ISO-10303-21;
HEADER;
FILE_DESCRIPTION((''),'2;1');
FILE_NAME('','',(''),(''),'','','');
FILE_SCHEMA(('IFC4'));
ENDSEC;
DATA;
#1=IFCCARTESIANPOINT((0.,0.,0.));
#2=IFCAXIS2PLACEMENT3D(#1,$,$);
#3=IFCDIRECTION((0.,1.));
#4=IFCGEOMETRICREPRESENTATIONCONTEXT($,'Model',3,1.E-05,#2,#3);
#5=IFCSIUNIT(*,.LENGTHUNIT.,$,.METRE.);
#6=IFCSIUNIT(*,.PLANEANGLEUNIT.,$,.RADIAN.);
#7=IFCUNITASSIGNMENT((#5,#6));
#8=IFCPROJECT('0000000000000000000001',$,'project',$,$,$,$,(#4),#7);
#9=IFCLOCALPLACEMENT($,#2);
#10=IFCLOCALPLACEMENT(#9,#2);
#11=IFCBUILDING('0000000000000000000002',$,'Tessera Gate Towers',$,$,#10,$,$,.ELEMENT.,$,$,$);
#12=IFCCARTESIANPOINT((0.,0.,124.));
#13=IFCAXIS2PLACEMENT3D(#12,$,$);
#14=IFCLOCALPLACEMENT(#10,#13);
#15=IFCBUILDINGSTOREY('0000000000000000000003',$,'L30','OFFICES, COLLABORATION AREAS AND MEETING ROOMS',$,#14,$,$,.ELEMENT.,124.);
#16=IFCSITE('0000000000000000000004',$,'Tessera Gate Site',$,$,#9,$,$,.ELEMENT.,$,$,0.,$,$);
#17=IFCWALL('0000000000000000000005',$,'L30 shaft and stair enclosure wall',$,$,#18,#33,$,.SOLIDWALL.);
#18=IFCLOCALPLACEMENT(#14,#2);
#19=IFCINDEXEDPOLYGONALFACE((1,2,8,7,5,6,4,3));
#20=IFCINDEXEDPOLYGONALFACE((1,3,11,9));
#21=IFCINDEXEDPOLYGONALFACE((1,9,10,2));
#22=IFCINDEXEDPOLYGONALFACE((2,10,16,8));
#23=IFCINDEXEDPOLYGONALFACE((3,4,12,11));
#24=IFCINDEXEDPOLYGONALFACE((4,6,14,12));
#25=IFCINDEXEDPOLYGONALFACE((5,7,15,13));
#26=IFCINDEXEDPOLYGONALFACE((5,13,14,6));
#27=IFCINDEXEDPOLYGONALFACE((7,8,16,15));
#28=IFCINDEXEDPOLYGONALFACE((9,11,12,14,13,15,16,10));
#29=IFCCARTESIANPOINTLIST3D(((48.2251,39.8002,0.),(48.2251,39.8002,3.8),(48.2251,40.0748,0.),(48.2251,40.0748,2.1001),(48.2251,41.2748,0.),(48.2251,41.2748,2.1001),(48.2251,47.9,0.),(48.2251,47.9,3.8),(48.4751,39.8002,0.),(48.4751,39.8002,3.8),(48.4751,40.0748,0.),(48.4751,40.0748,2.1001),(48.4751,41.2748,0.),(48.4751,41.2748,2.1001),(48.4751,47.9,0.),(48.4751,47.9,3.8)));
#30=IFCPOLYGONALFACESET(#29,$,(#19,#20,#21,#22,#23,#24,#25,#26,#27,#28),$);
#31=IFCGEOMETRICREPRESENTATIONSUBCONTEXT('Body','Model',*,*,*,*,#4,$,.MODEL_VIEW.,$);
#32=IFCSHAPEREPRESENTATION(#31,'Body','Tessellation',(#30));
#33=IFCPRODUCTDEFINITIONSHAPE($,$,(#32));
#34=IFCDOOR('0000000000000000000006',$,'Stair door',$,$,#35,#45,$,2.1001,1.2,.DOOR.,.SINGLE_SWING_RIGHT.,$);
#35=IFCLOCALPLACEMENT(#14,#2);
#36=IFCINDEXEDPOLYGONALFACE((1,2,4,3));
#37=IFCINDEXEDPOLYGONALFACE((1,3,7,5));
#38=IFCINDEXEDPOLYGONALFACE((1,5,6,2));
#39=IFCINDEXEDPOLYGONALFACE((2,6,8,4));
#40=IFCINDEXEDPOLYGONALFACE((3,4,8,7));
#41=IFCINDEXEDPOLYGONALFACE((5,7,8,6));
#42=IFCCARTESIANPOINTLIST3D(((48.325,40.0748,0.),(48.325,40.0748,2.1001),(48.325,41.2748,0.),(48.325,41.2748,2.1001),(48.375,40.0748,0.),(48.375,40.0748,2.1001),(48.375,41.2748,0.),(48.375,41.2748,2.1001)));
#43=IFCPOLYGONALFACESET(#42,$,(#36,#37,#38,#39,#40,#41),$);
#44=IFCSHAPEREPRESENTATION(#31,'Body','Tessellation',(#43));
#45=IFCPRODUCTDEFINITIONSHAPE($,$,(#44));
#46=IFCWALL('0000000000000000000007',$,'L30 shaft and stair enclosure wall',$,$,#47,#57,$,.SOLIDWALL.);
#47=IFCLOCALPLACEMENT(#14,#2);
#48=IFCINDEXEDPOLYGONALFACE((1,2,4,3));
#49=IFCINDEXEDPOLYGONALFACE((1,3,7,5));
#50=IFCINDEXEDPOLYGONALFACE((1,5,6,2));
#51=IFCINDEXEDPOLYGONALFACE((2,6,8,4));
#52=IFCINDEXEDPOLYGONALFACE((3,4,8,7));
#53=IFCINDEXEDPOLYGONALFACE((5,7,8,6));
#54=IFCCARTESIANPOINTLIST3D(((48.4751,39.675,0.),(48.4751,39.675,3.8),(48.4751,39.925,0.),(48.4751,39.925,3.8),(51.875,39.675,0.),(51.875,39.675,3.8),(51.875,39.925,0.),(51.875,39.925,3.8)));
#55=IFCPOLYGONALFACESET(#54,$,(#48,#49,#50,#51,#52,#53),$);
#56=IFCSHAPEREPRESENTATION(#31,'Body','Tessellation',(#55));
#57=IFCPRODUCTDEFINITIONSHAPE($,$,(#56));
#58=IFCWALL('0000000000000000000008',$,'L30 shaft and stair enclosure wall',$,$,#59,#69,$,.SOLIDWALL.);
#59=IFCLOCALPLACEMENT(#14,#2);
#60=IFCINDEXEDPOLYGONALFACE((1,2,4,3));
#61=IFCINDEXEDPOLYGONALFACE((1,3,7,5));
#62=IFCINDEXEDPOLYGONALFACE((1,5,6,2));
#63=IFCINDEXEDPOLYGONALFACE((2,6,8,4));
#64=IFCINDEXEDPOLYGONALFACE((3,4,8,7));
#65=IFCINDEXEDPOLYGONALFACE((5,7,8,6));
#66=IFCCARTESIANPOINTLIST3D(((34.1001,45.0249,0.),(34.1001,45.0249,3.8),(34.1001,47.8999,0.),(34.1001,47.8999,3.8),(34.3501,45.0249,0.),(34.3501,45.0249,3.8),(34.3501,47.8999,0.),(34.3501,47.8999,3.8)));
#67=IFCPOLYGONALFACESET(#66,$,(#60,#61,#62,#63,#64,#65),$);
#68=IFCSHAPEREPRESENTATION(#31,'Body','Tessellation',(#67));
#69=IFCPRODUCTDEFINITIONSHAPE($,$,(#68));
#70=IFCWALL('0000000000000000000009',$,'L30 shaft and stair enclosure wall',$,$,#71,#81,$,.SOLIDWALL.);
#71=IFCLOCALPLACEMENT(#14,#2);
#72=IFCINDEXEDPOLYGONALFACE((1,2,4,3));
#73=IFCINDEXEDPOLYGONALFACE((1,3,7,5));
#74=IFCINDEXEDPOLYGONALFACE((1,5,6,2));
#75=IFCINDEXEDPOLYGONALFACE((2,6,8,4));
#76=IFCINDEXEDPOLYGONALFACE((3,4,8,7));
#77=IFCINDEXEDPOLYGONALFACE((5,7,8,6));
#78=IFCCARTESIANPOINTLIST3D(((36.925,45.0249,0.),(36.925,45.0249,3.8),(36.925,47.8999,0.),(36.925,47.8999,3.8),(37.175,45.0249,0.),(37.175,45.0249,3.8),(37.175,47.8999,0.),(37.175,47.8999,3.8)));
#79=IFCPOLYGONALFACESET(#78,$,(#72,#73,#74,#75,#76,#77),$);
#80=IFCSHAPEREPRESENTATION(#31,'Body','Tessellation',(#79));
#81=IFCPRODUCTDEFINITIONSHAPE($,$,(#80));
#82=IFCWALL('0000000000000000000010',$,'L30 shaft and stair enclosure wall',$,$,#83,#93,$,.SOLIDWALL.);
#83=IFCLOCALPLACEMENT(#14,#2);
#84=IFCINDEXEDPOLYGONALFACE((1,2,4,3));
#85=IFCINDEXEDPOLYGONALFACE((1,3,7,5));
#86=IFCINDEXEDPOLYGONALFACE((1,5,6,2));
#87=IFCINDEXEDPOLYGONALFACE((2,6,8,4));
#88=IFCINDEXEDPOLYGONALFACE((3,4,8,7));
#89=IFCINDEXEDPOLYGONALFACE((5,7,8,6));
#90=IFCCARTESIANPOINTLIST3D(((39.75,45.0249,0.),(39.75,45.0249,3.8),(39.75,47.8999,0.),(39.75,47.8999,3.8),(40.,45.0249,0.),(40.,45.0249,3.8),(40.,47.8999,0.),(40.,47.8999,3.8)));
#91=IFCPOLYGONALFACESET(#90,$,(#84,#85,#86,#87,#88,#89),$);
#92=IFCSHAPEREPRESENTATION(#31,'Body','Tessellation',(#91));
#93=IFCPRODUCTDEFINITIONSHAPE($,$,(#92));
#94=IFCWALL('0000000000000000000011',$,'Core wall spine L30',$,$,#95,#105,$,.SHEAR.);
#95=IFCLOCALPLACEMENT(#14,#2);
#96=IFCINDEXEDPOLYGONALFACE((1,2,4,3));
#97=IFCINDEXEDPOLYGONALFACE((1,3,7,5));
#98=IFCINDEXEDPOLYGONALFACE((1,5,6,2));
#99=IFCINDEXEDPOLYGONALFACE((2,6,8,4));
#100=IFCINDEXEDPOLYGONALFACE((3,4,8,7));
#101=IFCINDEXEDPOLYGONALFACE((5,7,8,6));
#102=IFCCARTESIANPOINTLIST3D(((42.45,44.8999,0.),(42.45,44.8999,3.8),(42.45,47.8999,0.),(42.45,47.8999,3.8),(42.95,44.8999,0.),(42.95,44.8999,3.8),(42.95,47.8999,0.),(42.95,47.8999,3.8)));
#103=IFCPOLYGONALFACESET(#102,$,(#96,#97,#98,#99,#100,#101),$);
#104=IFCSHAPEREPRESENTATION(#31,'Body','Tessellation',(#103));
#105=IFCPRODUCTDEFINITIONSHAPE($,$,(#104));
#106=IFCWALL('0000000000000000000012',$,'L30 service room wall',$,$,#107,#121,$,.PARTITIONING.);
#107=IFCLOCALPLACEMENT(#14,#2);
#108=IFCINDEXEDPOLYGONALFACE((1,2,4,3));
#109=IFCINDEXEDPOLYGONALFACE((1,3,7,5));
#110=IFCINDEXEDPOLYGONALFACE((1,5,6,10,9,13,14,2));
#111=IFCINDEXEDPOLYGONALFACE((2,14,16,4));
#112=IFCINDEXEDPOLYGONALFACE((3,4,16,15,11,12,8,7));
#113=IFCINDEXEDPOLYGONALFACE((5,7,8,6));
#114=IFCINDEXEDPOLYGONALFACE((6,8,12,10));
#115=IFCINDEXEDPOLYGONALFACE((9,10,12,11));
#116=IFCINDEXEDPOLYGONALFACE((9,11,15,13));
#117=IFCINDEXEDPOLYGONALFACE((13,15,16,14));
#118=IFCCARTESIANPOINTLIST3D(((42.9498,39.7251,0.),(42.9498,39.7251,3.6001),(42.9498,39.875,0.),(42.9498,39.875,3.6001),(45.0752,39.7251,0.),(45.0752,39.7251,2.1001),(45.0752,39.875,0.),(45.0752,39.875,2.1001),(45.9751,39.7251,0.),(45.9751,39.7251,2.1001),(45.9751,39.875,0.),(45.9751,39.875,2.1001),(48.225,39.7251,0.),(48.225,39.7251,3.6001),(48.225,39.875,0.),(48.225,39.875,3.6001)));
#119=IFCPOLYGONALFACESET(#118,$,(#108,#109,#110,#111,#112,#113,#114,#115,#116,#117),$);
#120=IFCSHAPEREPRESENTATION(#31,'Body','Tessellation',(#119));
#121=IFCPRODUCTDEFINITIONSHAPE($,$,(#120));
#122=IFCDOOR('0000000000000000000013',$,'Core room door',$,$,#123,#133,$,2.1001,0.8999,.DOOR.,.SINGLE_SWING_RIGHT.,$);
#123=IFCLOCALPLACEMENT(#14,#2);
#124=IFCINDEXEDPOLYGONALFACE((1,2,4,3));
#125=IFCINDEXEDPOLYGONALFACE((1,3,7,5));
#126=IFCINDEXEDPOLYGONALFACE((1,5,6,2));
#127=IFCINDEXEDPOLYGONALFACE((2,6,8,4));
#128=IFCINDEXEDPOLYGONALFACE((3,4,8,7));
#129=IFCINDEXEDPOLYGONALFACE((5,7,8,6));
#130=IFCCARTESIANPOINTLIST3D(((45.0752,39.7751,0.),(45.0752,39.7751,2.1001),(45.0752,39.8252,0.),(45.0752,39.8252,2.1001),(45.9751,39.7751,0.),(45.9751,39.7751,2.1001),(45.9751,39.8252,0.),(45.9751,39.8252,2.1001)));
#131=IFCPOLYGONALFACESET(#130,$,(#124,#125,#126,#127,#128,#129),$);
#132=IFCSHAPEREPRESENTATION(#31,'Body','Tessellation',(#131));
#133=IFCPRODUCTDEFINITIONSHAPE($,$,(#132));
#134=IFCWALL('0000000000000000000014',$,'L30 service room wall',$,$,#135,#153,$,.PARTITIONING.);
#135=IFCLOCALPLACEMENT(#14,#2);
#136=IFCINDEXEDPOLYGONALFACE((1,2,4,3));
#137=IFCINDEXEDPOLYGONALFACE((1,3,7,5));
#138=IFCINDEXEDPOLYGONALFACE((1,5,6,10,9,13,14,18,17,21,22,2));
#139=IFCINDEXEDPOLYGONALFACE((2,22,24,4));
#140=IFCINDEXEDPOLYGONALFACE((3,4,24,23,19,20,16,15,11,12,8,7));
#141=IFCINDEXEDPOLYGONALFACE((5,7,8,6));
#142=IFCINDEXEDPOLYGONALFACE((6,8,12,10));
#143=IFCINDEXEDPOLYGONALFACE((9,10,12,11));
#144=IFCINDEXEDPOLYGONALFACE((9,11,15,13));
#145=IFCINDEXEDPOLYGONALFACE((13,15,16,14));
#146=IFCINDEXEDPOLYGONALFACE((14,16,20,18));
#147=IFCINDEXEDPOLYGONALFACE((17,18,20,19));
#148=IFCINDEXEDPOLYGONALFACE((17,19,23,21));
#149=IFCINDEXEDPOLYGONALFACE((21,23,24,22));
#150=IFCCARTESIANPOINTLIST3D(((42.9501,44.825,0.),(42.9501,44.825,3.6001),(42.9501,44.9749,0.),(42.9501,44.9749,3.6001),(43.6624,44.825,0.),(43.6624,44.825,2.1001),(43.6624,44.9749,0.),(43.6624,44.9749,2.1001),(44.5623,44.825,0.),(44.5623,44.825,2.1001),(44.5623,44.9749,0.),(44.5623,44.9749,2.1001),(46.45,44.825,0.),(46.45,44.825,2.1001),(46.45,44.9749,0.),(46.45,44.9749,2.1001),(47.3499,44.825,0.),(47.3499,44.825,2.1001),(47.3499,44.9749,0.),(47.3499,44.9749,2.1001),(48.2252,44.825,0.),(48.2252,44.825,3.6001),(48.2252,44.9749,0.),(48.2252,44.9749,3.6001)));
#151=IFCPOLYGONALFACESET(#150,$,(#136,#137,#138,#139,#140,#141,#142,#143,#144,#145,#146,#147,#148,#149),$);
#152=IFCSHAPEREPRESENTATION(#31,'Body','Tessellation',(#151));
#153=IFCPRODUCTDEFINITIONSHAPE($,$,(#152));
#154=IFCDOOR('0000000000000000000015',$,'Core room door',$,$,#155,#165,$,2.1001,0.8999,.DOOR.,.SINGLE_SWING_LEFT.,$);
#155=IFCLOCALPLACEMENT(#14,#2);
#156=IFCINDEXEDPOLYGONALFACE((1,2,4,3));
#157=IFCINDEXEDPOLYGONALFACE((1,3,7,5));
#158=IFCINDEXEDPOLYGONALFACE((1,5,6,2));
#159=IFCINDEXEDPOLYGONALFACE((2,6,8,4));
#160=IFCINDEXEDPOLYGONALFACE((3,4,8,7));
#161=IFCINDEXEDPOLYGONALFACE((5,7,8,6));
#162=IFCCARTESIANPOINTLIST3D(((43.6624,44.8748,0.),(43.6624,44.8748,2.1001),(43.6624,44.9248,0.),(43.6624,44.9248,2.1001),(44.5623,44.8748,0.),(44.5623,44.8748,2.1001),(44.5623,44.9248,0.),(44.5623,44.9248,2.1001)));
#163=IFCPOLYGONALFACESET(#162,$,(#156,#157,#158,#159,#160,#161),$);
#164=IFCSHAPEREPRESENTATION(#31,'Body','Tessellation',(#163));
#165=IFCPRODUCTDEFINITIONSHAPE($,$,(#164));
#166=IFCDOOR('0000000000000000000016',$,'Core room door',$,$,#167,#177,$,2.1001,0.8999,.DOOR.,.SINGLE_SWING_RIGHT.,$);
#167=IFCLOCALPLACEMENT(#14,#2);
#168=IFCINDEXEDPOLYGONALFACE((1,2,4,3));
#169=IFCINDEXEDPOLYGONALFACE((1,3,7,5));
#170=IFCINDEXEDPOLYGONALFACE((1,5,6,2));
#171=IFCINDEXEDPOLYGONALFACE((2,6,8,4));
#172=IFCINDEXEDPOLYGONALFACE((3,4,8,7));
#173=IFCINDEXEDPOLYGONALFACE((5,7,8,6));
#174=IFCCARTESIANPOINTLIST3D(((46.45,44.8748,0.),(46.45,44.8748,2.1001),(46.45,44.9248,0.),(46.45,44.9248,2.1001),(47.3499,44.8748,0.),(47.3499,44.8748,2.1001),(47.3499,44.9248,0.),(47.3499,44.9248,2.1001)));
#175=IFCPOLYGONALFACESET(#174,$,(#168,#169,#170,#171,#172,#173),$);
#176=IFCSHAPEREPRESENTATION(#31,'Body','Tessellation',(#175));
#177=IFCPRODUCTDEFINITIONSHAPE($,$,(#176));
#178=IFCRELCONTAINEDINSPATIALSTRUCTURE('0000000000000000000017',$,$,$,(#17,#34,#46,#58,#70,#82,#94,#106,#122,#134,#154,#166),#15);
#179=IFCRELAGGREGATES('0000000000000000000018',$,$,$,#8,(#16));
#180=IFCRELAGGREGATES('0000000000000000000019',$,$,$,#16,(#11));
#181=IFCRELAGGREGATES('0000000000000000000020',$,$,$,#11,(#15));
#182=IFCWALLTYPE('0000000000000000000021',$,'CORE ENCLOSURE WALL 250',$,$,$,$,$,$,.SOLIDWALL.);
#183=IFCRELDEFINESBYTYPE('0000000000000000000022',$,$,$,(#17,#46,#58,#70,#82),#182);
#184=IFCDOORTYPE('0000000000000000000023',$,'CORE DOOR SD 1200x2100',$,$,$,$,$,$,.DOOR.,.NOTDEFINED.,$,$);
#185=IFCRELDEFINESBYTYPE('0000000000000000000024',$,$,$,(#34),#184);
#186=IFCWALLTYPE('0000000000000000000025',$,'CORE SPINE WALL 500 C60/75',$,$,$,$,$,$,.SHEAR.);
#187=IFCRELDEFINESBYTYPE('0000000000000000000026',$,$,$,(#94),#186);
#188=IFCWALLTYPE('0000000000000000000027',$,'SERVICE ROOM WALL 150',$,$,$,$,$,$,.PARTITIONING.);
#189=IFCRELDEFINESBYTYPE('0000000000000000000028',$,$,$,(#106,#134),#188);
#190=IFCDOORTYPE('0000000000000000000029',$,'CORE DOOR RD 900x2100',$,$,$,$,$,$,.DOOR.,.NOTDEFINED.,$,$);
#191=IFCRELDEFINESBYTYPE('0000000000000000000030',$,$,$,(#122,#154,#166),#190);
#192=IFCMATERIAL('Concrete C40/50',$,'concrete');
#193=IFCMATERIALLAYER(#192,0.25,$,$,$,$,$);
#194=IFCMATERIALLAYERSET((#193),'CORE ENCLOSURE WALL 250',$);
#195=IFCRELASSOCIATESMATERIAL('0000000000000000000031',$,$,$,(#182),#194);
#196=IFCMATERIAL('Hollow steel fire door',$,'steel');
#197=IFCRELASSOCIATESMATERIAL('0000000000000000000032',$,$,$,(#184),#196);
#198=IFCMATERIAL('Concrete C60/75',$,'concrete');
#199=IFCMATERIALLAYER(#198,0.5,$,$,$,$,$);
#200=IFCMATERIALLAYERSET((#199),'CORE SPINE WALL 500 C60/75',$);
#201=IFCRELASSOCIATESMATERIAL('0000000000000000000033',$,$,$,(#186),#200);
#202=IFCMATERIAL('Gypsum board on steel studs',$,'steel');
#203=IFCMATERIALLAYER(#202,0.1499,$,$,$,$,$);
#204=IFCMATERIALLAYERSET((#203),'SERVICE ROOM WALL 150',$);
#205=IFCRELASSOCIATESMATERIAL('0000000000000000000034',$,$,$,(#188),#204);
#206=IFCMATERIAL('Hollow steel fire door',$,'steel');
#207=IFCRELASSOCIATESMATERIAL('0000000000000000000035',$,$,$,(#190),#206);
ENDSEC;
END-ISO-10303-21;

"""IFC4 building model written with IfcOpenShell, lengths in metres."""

from ifc_helpers import new_model, si_unit, direction, frame, frame_2d, origin, place, context, subcontext, project, spatial, rectangle, extrude, source, transform, mapped, material, layer, layer_set, type_object, element, fill, save


model = new_model("IFC4")

# Units and contexts
model_context = context("Model", 3, precision=1e-05, world=origin(), true_north=direction((0.0, 1.0)))
body_context = subcontext(model_context, "Body", "Model", "MODEL_VIEW")
ifc_project = project(units=[si_unit("LENGTHUNIT", "METRE"), si_unit("PLANEANGLEUNIT", "RADIAN")], contexts=[model_context])

# Site, building, storey
site_placement = place(None, origin())
site = spatial("IfcSite", under=ifc_project, at=site_placement, Name="Tessera Gate Site", CompositionType="ELEMENT", RefElevation=0.0)
building_placement = place(site_placement, origin())
building = spatial("IfcBuilding", under=site, at=building_placement, Name="Tessera Gate Towers", CompositionType="ELEMENT")
storey_placement = place(building_placement, frame((0.0, 0.0, 124.0)))
storey = spatial("IfcBuildingStorey", under=building, at=storey_placement, Name="L30", Description="OFFICES, COLLABORATION AREAS AND MEETING ROOMS", CompositionType="ELEMENT", Elevation=124.0)

# Shared definitions
ifc_material_1 = material(Name="Concrete C40/50", Category="concrete")
ifc_layer_1 = layer(ifc_material_1, 0.25)
ifc_layer_set_1 = layer_set([ifc_layer_1], Name="CORE ENCLOSURE WALL 250")
wall_type_1 = type_object("IfcWallType", Name="CORE ENCLOSURE WALL 250", PredefinedType="SOLIDWALL", material=ifc_layer_set_1)

# Wall, opening, door
wall_1_placement = place(storey_placement, frame((48.3501, 47.8999, 0.0), z_axis=(0.0, 0.0, 1.0), x_axis=(0.0, -1.0, 0.0)))
wall_1 = element("IfcWall", 1, at=wall_1_placement, inside=storey, type_object=wall_type_1, Name="L30 shaft and stair enclosure wall", PredefinedType="SOLIDWALL", context=body_context, shape_type="SweptSolid", body=[
    extrude(rectangle(XDim=8.0999, YDim=0.25, at=frame_2d((4.0498, 0.0))), origin(), (0.0, 0.0, 1.0), 3.8),
])
shared_shape_1 = source(origin(), body_context, "Body", "SweptSolid", [
    extrude(rectangle(XDim=1.2, YDim=2.1001, at=frame_2d((0.6001, 1.05))), frame((0.0, 0.135, 0.0), z_axis=(0.0, -1.0, 0.0), x_axis=(1.0, 0.0, 0.0)), (0.0, 0.0, 1.0), 0.27),
])
opening_1_placement = place(wall_1_placement, frame((6.625, 0.0, 0.0)))
opening_1 = element("IfcOpeningElement", 2, at=opening_1_placement, cuts=wall_1, PredefinedType="OPENING", context=body_context, shape_type="MappedRepresentation", body=[
    mapped(shared_shape_1, transform((0.0, 0.0, 0.0), scale=1.0)),
])
ifc_material_2 = material(Name="Hollow steel fire door", Category="steel")
door_type_1 = type_object("IfcDoorType", Name="CORE DOOR SD 1200x2100", OperationType="NOTDEFINED", PredefinedType="DOOR", material=ifc_material_2)
shared_shape_2 = source(origin(), body_context, "Body", "SweptSolid", [
    extrude(rectangle(XDim=1.2, YDim=2.1001, at=frame_2d((0.6001, 1.05))), frame((0.0, 0.0249, 0.0), z_axis=(0.0, -1.0, 0.0), x_axis=(1.0, 0.0, 0.0)), (0.0, 0.0, 1.0), 0.05),
])
door_1_placement = place(opening_1_placement, origin())
door_1 = element("IfcDoor", 3, at=door_1_placement, inside=storey, type_object=door_type_1, Name="Stair door", OperationType="SINGLE_SWING_RIGHT", OverallHeight=2.1001, OverallWidth=1.2, PredefinedType="DOOR", context=body_context, shape_type="MappedRepresentation", body=[
    mapped(shared_shape_2, transform((0.0, 0.0, 0.0), scale=1.0)),
])
fill(opening_1, door_1)

# Walls
wall_2_placement = place(storey_placement, frame((48.4751, 39.8, 0.0), z_axis=(0.0, 0.0, 1.0), x_axis=(1.0, 0.0, 0.0)))
element("IfcWall", 4, at=wall_2_placement, inside=storey, type_object=wall_type_1, Name="L30 shaft and stair enclosure wall", PredefinedType="SOLIDWALL", context=body_context, shape_type="SweptSolid", body=[
    extrude(rectangle(XDim=3.3999, YDim=0.25, at=frame_2d((1.7, 0.0))), origin(), (0.0, 0.0, 1.0), 3.8),
])
for number, where, z_axis, x_axis, name in (
    (5, (34.2251, 45.0249, 0.0), (0.0, 0.0, 1.0), (0.0, 1.0, 0.0), "L30 shaft and stair enclosure wall"),
    (6, (37.05, 45.0249, 0.0), (0.0, 0.0, 1.0), (0.0, 1.0, 0.0), "L30 shaft and stair enclosure wall"),
    (7, (39.875, 45.0249, 0.0), (0.0, 0.0, 1.0), (0.0, 1.0, 0.0), "L30 shaft and stair enclosure wall"),
):
    element("IfcWall", number, at=place(storey_placement, frame(where, z_axis=z_axis, x_axis=x_axis)), inside=storey, type_object=wall_type_1, Name=name, PredefinedType="SOLIDWALL", context=body_context, shape_type="SweptSolid", body=[
        extrude(rectangle(XDim=2.875, YDim=0.25, at=frame_2d((1.4375, 0.0))), origin(), (0.0, 0.0, 1.0), 3.8),
    ])
ifc_material_3 = material(Name="Concrete C60/75", Category="concrete")
ifc_layer_2 = layer(ifc_material_3, 0.5)
ifc_layer_set_2 = layer_set([ifc_layer_2], Name="CORE SPINE WALL 500 C60/75")
wall_type_2 = type_object("IfcWallType", Name="CORE SPINE WALL 500 C60/75", PredefinedType="SHEAR", material=ifc_layer_set_2)
wall_3_placement = place(storey_placement, frame((42.7, 44.8999, 0.0), z_axis=(0.0, 0.0, 1.0), x_axis=(0.0, 1.0, 0.0)))
element("IfcWall", 8, at=wall_3_placement, inside=storey, type_object=wall_type_2, Name="Core wall spine L30", PredefinedType="SHEAR", context=body_context, shape_type="SweptSolid", body=[
    extrude(rectangle(XDim=3.0, YDim=0.5, at=frame_2d((1.5, 0.0))), origin(), (0.0, 0.0, 1.0), 3.8),
])

# Wall, opening, door
ifc_material_4 = material(Name="Gypsum board on steel studs", Category="steel")
ifc_layer_3 = layer(ifc_material_4, 0.1499)
ifc_layer_set_3 = layer_set([ifc_layer_3], Name="SERVICE ROOM WALL 150")
wall_type_3 = type_object("IfcWallType", Name="SERVICE ROOM WALL 150", PredefinedType="PARTITIONING", material=ifc_layer_set_3)
wall_4_placement = place(storey_placement, frame((48.2251, 39.8, 0.0), z_axis=(0.0, 0.0, 1.0), x_axis=(-1.0, 0.0, 0.0)))
wall_4 = element("IfcWall", 9, at=wall_4_placement, inside=storey, type_object=wall_type_3, Name="L30 service room wall", PredefinedType="PARTITIONING", context=body_context, shape_type="SweptSolid", body=[
    extrude(rectangle(XDim=5.2751, YDim=0.1499, at=frame_2d((2.6377, 0.0))), origin(), (0.0, 0.0, 1.0), 3.6001),
])
shared_shape_3 = source(origin(), body_context, "Body", "SweptSolid", [
    extrude(rectangle(XDim=0.8999, YDim=2.1001, at=frame_2d((0.45, 1.05))), frame((0.0, 0.085, 0.0), z_axis=(0.0, -1.0, 0.0), x_axis=(1.0, 0.0, 0.0)), (0.0, 0.0, 1.0), 0.1699),
])
opening_2_placement = place(wall_4_placement, frame((2.25, 0.0, 0.0)))
opening_2 = element("IfcOpeningElement", 10, at=opening_2_placement, cuts=wall_4, PredefinedType="OPENING", context=body_context, shape_type="MappedRepresentation", body=[
    mapped(shared_shape_3, transform((0.0, 0.0, 0.0), scale=1.0)),
])
ifc_material_5 = material(Name="Hollow steel fire door", Category="steel")
door_type_2 = type_object("IfcDoorType", Name="CORE DOOR RD 900x2100", OperationType="NOTDEFINED", PredefinedType="DOOR", material=ifc_material_5)
shared_shape_4 = source(origin(), body_context, "Body", "SweptSolid", [
    extrude(rectangle(XDim=0.8999, YDim=2.1001, at=frame_2d((0.45, 1.05))), frame((0.0, 0.0249, 0.0), z_axis=(0.0, -1.0, 0.0), x_axis=(1.0, 0.0, 0.0)), (0.0, 0.0, 1.0), 0.05),
])
door_2_placement = place(opening_2_placement, origin())
door_2 = element("IfcDoor", 11, at=door_2_placement, inside=storey, type_object=door_type_2, Name="Core room door", OperationType="SINGLE_SWING_RIGHT", OverallHeight=2.1001, OverallWidth=0.8999, PredefinedType="DOOR", context=body_context, shape_type="MappedRepresentation", body=[
    mapped(shared_shape_4, transform((0.0, 0.0, 0.0), scale=1.0)),
])
fill(opening_2, door_2)

# Wall, openings, doors
wall_5_placement = place(storey_placement, frame((42.95, 44.8999, 0.0), z_axis=(0.0, 0.0, 1.0), x_axis=(1.0, 0.0, 0.0)))
wall_5 = element("IfcWall", 12, at=wall_5_placement, inside=storey, type_object=wall_type_3, Name="L30 service room wall", PredefinedType="PARTITIONING", context=body_context, shape_type="SweptSolid", body=[
    extrude(rectangle(XDim=5.2751, YDim=0.1499, at=frame_2d((2.6377, 0.0))), origin(), (0.0, 0.0, 1.0), 3.6001),
])
opening_3_placement = place(wall_5_placement, frame((0.7124, 0.0, 0.0)))
opening_3 = element("IfcOpeningElement", 13, at=opening_3_placement, cuts=wall_5, PredefinedType="OPENING", context=body_context, shape_type="MappedRepresentation", body=[
    mapped(shared_shape_3, transform((0.0, 0.0, 0.0), scale=1.0)),
])
opening_4_placement = place(wall_5_placement, frame((3.5, 0.0, 0.0)))
opening_4 = element("IfcOpeningElement", 14, at=opening_4_placement, cuts=wall_5, PredefinedType="OPENING", context=body_context, shape_type="MappedRepresentation", body=[
    mapped(shared_shape_3, transform((0.0, 0.0, 0.0), scale=1.0)),
])
door_3_placement = place(opening_3_placement, origin())
door_3 = element("IfcDoor", 15, at=door_3_placement, inside=storey, type_object=door_type_2, Name="Core room door", OperationType="SINGLE_SWING_LEFT", OverallHeight=2.1001, OverallWidth=0.8999, PredefinedType="DOOR", context=body_context, shape_type="MappedRepresentation", body=[
    mapped(shared_shape_4, transform((0.0, 0.0, 0.0), scale=1.0)),
])
fill(opening_3, door_3)
door_4_placement = place(opening_4_placement, origin())
door_4 = element("IfcDoor", 16, at=door_4_placement, inside=storey, type_object=door_type_2, Name="Core room door", OperationType="SINGLE_SWING_RIGHT", OverallHeight=2.1001, OverallWidth=0.8999, PredefinedType="DOOR", context=body_context, shape_type="MappedRepresentation", body=[
    mapped(shared_shape_4, transform((0.0, 0.0, 0.0), scale=1.0)),
])
fill(opening_4, door_4)

save(model, "model.ifc")
